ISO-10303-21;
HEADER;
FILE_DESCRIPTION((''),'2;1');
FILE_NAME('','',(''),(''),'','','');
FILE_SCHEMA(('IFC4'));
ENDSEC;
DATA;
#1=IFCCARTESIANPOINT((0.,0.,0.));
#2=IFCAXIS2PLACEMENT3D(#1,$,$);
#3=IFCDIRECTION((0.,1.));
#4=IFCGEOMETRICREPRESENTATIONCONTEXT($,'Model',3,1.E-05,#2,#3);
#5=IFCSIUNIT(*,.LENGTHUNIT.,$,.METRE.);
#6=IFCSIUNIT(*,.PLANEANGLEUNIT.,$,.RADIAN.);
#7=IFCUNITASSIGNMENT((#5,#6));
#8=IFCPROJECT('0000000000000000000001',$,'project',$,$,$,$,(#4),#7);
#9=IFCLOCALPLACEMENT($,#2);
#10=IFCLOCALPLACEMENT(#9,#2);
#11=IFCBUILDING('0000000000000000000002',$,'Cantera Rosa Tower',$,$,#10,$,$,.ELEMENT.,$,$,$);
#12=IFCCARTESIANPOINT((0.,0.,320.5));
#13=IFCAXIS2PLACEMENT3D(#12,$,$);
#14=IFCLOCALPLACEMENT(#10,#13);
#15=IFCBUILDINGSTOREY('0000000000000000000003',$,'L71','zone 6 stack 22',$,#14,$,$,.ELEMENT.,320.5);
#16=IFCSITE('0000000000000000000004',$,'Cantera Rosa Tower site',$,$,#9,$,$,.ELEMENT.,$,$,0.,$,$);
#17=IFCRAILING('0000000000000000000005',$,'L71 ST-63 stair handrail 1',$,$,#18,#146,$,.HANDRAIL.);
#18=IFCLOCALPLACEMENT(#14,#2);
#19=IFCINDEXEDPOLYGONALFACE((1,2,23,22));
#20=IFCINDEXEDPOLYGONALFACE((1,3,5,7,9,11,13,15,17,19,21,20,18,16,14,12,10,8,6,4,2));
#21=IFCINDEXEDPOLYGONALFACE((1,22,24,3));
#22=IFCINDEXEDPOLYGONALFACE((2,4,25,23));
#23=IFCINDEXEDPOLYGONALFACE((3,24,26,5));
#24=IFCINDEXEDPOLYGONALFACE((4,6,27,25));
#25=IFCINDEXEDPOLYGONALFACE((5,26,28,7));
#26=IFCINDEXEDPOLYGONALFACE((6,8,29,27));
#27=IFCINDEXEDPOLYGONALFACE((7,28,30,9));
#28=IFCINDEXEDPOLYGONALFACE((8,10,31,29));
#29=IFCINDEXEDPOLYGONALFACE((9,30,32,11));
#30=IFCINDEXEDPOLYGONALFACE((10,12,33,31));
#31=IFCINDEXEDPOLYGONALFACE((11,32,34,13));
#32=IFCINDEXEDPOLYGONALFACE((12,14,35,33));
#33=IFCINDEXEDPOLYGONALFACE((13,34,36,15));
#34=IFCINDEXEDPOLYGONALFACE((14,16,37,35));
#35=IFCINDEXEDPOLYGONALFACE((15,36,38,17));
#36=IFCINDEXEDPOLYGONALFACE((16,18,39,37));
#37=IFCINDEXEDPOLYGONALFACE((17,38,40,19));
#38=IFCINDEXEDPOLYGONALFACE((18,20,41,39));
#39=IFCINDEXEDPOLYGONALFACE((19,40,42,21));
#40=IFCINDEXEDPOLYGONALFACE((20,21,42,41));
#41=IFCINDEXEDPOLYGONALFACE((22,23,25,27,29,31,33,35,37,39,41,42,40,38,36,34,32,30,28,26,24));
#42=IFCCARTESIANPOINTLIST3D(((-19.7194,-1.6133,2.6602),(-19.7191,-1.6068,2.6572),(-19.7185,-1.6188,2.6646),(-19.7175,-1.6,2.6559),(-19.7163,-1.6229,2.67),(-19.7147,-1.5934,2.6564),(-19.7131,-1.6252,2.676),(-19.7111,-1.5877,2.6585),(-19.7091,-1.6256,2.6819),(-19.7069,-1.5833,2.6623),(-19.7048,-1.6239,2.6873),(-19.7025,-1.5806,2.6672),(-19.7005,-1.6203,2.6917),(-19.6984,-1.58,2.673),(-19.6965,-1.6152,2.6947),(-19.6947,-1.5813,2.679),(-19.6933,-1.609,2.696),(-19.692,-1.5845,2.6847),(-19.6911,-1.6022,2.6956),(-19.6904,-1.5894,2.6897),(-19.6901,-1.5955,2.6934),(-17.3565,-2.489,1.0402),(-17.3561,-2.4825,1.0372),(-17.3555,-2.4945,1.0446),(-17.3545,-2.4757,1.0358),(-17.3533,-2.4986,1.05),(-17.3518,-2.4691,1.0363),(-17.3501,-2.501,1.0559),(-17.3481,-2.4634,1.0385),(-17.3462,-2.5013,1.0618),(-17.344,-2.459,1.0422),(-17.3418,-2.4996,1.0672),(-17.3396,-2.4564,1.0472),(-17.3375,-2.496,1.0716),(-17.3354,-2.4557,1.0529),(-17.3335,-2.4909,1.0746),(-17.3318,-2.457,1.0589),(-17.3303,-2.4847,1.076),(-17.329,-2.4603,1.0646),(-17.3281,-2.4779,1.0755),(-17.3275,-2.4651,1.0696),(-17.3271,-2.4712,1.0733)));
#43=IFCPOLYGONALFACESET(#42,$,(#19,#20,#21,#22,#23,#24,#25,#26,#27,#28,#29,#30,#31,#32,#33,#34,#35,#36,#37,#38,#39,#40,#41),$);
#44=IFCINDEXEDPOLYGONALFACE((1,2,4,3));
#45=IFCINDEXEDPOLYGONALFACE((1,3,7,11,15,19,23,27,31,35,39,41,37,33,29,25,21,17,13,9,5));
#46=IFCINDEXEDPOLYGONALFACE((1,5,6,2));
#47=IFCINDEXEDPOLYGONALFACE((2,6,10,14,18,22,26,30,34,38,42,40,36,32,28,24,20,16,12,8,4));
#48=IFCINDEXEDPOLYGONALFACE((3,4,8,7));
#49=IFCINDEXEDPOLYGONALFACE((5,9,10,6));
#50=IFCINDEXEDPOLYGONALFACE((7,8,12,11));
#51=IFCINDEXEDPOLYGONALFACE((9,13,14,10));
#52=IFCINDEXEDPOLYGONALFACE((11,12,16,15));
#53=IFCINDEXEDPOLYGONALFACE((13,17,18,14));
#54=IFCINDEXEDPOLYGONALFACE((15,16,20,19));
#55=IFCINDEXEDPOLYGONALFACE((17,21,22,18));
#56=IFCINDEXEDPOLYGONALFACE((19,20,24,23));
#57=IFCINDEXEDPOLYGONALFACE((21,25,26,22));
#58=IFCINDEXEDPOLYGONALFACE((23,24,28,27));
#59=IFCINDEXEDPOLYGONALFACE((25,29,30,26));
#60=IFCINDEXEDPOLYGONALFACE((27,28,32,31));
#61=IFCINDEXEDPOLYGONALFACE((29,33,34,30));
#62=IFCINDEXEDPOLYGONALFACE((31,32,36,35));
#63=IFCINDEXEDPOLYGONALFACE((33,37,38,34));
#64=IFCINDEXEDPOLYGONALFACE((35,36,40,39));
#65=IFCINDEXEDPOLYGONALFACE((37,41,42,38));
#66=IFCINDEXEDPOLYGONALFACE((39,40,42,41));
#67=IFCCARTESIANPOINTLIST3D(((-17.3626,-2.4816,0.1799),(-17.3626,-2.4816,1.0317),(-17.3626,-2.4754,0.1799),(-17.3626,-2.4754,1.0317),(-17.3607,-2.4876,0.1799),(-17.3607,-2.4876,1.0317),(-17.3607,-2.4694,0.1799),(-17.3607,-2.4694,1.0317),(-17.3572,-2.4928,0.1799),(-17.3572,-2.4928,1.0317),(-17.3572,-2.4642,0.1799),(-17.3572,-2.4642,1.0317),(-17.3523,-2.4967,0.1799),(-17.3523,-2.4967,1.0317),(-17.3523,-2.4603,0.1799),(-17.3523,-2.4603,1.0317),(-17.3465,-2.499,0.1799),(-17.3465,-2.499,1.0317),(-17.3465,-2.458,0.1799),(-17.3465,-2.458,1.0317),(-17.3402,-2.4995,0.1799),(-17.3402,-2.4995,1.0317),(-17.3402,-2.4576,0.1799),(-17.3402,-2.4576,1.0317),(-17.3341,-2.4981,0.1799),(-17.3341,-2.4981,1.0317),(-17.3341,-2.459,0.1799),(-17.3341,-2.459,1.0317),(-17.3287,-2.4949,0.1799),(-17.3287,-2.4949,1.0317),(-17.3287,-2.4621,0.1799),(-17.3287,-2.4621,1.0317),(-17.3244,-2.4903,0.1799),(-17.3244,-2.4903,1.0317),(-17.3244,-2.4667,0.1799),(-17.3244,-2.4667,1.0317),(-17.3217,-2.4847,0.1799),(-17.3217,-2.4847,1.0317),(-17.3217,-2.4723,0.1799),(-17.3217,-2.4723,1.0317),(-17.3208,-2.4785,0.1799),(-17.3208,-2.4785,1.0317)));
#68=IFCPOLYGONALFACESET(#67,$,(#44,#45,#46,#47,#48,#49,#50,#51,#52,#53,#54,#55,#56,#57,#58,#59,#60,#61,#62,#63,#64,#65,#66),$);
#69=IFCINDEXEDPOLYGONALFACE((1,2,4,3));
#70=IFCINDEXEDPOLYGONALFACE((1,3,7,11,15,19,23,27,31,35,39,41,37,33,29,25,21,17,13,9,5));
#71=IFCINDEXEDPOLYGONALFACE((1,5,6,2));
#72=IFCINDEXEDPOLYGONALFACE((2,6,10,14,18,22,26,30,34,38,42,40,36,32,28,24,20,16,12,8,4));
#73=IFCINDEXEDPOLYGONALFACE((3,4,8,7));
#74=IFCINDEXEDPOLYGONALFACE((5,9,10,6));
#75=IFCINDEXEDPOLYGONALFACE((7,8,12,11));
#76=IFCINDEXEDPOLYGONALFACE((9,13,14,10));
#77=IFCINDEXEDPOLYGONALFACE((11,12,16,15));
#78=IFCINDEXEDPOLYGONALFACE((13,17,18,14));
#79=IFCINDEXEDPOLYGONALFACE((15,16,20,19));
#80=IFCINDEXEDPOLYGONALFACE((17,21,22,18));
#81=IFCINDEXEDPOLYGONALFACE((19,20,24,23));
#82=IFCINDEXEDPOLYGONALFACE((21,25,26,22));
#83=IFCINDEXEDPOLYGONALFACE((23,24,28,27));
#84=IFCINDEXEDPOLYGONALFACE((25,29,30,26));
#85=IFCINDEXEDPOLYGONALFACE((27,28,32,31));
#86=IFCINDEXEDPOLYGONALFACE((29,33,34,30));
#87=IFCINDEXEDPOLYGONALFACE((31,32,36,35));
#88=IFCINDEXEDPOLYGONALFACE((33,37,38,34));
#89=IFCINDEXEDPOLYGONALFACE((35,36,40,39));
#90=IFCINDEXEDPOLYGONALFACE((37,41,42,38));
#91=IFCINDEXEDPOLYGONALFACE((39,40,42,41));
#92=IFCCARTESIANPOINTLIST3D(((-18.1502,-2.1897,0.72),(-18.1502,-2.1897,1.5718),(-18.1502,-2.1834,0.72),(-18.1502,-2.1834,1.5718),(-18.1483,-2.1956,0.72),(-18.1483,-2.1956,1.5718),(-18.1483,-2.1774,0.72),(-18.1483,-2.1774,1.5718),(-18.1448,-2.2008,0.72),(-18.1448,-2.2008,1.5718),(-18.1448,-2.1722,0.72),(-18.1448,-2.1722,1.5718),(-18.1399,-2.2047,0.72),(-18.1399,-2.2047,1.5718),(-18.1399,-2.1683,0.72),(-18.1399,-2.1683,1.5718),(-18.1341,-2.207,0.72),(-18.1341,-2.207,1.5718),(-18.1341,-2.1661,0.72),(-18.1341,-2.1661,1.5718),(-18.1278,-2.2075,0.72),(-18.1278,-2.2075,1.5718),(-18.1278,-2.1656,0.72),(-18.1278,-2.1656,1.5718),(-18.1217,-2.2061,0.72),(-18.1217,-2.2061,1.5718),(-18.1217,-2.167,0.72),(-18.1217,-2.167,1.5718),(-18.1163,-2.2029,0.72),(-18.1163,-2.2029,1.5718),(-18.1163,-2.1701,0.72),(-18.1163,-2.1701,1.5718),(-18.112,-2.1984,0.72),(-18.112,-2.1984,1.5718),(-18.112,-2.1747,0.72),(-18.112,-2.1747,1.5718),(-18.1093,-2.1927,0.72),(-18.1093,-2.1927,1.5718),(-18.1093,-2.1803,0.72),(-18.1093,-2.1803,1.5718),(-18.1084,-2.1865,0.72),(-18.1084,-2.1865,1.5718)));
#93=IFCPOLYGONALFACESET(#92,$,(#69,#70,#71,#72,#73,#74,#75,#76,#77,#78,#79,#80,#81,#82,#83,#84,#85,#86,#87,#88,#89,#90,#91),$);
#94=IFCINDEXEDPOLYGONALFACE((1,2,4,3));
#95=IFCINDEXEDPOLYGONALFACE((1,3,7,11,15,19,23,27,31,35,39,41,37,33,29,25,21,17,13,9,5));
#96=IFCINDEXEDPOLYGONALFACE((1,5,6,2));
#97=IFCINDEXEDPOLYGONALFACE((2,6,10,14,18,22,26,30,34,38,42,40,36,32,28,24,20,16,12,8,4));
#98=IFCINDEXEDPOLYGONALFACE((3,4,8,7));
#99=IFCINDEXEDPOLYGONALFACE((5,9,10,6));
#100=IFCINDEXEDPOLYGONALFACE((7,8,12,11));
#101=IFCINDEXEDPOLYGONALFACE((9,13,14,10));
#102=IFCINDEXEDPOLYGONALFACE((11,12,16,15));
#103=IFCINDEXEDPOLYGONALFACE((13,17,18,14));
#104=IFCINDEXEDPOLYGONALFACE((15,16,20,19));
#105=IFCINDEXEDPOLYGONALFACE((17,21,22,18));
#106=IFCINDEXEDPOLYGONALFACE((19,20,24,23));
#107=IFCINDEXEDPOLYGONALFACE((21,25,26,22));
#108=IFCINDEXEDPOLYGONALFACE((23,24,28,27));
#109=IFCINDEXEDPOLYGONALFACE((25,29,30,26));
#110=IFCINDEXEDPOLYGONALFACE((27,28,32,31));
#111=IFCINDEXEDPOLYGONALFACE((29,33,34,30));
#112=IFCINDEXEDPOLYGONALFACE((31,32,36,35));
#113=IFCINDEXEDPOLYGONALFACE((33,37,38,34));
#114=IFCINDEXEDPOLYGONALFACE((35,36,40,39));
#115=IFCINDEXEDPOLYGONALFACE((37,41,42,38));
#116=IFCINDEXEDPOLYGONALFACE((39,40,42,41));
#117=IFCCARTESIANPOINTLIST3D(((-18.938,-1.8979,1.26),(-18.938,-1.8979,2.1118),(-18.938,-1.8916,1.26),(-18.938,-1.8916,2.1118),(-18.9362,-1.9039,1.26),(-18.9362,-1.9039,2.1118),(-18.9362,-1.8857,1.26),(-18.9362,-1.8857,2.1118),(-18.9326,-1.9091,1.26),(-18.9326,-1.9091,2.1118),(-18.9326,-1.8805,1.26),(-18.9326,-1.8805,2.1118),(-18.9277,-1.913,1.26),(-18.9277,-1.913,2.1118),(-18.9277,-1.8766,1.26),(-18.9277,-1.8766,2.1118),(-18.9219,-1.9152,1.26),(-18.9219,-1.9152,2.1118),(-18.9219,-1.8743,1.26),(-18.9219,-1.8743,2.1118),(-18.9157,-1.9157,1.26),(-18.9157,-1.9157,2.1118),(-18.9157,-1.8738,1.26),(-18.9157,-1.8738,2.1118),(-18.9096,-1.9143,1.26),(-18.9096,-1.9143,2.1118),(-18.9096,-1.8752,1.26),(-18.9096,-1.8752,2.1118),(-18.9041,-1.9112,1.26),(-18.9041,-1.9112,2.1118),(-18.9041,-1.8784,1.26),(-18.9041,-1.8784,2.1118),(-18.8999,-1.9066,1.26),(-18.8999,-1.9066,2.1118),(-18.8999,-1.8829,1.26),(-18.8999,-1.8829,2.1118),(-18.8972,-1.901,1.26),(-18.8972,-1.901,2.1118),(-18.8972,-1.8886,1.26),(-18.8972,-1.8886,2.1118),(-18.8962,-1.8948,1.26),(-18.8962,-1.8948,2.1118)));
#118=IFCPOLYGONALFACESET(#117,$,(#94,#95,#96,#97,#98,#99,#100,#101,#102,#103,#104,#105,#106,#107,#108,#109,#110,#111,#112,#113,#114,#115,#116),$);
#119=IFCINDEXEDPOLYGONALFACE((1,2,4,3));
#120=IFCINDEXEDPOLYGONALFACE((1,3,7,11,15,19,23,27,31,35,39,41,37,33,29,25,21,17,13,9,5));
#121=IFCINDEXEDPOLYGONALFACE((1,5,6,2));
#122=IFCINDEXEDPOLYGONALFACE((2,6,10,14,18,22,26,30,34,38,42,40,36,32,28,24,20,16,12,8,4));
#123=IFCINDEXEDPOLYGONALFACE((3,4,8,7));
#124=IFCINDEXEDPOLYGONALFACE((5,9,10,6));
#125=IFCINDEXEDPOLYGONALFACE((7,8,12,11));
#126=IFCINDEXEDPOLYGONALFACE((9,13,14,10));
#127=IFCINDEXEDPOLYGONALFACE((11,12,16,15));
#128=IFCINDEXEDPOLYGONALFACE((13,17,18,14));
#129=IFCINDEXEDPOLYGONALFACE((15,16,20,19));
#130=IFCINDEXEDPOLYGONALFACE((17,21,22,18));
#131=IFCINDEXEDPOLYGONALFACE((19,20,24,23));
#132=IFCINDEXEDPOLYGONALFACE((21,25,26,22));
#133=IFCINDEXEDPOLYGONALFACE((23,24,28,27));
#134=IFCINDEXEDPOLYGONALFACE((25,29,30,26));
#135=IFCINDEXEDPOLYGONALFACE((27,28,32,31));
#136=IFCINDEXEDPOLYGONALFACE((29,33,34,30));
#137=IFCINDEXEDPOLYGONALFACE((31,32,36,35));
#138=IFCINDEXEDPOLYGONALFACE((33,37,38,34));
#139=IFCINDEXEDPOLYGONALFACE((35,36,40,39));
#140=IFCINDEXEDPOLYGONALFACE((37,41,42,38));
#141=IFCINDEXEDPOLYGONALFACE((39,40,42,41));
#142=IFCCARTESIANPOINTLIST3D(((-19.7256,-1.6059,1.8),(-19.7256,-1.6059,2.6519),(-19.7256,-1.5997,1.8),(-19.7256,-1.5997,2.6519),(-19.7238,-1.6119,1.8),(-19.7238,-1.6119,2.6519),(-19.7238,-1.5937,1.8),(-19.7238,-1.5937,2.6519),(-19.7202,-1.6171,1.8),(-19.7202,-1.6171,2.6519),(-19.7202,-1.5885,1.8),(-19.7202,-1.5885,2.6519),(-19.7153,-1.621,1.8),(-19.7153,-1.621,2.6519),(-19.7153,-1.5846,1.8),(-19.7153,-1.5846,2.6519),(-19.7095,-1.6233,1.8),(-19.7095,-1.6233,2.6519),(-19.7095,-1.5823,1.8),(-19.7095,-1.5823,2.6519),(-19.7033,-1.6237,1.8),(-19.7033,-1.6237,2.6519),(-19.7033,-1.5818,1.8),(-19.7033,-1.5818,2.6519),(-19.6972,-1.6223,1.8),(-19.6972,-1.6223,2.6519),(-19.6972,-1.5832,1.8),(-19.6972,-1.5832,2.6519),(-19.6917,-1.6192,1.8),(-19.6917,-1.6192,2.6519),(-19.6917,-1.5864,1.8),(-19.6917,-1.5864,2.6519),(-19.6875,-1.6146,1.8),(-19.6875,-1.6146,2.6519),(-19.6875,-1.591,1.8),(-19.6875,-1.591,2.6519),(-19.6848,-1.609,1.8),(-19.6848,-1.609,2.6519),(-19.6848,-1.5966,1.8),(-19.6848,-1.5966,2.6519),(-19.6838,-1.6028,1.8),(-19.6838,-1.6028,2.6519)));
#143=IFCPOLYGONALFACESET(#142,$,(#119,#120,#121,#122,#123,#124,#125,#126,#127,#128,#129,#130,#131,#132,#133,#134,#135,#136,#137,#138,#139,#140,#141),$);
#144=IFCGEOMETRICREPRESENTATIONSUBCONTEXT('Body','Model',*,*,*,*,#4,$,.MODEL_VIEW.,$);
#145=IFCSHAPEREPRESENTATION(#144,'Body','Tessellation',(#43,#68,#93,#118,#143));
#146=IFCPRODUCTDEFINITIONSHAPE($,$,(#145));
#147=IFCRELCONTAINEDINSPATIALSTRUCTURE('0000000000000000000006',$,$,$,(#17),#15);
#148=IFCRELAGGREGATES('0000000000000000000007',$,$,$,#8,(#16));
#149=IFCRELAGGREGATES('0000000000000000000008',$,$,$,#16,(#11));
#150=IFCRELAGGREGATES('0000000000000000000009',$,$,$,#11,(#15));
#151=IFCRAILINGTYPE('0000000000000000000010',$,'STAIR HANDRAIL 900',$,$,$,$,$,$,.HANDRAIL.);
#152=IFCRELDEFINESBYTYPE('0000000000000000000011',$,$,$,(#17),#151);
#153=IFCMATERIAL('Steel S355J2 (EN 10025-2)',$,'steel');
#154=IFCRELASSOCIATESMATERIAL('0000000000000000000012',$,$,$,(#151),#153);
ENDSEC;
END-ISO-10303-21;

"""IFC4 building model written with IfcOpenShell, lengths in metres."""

from ifc_helpers import new_model, si_unit, direction, frame, origin, origin_2d, place, context, subcontext, project, spatial, circle, extrude, material, type_object, element, save


model = new_model("IFC4")

# Units and contexts
model_context = context("Model", 3, precision=1e-05, world=origin(), true_north=direction((0.0, 1.0)))
body_context = subcontext(model_context, "Body", "Model", "MODEL_VIEW")
ifc_project = project(units=[si_unit("LENGTHUNIT", "METRE"), si_unit("PLANEANGLEUNIT", "RADIAN")], contexts=[model_context])

# Site, building, storey
site_placement = place(None, origin())
site = spatial("IfcSite", under=ifc_project, at=site_placement, Name="Cantera Rosa Tower site", CompositionType="ELEMENT", RefElevation=0.0)
building_placement = place(site_placement, origin())
building = spatial("IfcBuilding", under=site, at=building_placement, Name="Cantera Rosa Tower", CompositionType="ELEMENT")
storey_placement = place(building_placement, frame((0.0, 0.0, 320.5)))
storey = spatial("IfcBuildingStorey", under=building, at=storey_placement, Name="L71", Description="zone 6 stack 22", CompositionType="ELEMENT", Elevation=320.5)

# Railing
ifc_material_1 = material(Name="Steel S355J2 (EN 10025-2)", Category="steel")
railing_type_1 = type_object("IfcRailingType", Name="STAIR HANDRAIL 900", PredefinedType="HANDRAIL", material=ifc_material_1)
railing_1_placement = place(storey_placement, frame((-17.3418, -2.4785, 0.1799)))
element("IfcRailing", 1, at=railing_1_placement, inside=storey, type_object=railing_type_1, Name="L71 ST-63 stair handrail 1", PredefinedType="HANDRAIL", context=body_context, shape_type="SweptSolid", body=[
    extrude(circle(Radius=0.0239, at=origin_2d()), frame((0.0, 0.0, 0.876), z_axis=(-0.788748, 0.292307, 0.540772), x_axis=(-0.347501, -0.93768, 0.0)), (0.0, 0.0, 1.0), 2.9958),
    extrude(circle(Radius=0.021, at=origin_2d()), origin(), (0.0, 0.0, 1.0), 0.8518),
    extrude(circle(Radius=0.021, at=origin_2d()), frame((-0.7876, 0.292, 0.54)), (0.0, 0.0, 1.0), 0.8518),
    extrude(circle(Radius=0.021, at=origin_2d()), frame((-1.5754, 0.5837, 1.0801)), (0.0, 0.0, 1.0), 0.8518),
    extrude(circle(Radius=0.021, at=origin_2d()), frame((-2.363, 0.8757, 1.6201)), (0.0, 0.0, 1.0), 0.8518),
])

save(model, "model.ifc")
